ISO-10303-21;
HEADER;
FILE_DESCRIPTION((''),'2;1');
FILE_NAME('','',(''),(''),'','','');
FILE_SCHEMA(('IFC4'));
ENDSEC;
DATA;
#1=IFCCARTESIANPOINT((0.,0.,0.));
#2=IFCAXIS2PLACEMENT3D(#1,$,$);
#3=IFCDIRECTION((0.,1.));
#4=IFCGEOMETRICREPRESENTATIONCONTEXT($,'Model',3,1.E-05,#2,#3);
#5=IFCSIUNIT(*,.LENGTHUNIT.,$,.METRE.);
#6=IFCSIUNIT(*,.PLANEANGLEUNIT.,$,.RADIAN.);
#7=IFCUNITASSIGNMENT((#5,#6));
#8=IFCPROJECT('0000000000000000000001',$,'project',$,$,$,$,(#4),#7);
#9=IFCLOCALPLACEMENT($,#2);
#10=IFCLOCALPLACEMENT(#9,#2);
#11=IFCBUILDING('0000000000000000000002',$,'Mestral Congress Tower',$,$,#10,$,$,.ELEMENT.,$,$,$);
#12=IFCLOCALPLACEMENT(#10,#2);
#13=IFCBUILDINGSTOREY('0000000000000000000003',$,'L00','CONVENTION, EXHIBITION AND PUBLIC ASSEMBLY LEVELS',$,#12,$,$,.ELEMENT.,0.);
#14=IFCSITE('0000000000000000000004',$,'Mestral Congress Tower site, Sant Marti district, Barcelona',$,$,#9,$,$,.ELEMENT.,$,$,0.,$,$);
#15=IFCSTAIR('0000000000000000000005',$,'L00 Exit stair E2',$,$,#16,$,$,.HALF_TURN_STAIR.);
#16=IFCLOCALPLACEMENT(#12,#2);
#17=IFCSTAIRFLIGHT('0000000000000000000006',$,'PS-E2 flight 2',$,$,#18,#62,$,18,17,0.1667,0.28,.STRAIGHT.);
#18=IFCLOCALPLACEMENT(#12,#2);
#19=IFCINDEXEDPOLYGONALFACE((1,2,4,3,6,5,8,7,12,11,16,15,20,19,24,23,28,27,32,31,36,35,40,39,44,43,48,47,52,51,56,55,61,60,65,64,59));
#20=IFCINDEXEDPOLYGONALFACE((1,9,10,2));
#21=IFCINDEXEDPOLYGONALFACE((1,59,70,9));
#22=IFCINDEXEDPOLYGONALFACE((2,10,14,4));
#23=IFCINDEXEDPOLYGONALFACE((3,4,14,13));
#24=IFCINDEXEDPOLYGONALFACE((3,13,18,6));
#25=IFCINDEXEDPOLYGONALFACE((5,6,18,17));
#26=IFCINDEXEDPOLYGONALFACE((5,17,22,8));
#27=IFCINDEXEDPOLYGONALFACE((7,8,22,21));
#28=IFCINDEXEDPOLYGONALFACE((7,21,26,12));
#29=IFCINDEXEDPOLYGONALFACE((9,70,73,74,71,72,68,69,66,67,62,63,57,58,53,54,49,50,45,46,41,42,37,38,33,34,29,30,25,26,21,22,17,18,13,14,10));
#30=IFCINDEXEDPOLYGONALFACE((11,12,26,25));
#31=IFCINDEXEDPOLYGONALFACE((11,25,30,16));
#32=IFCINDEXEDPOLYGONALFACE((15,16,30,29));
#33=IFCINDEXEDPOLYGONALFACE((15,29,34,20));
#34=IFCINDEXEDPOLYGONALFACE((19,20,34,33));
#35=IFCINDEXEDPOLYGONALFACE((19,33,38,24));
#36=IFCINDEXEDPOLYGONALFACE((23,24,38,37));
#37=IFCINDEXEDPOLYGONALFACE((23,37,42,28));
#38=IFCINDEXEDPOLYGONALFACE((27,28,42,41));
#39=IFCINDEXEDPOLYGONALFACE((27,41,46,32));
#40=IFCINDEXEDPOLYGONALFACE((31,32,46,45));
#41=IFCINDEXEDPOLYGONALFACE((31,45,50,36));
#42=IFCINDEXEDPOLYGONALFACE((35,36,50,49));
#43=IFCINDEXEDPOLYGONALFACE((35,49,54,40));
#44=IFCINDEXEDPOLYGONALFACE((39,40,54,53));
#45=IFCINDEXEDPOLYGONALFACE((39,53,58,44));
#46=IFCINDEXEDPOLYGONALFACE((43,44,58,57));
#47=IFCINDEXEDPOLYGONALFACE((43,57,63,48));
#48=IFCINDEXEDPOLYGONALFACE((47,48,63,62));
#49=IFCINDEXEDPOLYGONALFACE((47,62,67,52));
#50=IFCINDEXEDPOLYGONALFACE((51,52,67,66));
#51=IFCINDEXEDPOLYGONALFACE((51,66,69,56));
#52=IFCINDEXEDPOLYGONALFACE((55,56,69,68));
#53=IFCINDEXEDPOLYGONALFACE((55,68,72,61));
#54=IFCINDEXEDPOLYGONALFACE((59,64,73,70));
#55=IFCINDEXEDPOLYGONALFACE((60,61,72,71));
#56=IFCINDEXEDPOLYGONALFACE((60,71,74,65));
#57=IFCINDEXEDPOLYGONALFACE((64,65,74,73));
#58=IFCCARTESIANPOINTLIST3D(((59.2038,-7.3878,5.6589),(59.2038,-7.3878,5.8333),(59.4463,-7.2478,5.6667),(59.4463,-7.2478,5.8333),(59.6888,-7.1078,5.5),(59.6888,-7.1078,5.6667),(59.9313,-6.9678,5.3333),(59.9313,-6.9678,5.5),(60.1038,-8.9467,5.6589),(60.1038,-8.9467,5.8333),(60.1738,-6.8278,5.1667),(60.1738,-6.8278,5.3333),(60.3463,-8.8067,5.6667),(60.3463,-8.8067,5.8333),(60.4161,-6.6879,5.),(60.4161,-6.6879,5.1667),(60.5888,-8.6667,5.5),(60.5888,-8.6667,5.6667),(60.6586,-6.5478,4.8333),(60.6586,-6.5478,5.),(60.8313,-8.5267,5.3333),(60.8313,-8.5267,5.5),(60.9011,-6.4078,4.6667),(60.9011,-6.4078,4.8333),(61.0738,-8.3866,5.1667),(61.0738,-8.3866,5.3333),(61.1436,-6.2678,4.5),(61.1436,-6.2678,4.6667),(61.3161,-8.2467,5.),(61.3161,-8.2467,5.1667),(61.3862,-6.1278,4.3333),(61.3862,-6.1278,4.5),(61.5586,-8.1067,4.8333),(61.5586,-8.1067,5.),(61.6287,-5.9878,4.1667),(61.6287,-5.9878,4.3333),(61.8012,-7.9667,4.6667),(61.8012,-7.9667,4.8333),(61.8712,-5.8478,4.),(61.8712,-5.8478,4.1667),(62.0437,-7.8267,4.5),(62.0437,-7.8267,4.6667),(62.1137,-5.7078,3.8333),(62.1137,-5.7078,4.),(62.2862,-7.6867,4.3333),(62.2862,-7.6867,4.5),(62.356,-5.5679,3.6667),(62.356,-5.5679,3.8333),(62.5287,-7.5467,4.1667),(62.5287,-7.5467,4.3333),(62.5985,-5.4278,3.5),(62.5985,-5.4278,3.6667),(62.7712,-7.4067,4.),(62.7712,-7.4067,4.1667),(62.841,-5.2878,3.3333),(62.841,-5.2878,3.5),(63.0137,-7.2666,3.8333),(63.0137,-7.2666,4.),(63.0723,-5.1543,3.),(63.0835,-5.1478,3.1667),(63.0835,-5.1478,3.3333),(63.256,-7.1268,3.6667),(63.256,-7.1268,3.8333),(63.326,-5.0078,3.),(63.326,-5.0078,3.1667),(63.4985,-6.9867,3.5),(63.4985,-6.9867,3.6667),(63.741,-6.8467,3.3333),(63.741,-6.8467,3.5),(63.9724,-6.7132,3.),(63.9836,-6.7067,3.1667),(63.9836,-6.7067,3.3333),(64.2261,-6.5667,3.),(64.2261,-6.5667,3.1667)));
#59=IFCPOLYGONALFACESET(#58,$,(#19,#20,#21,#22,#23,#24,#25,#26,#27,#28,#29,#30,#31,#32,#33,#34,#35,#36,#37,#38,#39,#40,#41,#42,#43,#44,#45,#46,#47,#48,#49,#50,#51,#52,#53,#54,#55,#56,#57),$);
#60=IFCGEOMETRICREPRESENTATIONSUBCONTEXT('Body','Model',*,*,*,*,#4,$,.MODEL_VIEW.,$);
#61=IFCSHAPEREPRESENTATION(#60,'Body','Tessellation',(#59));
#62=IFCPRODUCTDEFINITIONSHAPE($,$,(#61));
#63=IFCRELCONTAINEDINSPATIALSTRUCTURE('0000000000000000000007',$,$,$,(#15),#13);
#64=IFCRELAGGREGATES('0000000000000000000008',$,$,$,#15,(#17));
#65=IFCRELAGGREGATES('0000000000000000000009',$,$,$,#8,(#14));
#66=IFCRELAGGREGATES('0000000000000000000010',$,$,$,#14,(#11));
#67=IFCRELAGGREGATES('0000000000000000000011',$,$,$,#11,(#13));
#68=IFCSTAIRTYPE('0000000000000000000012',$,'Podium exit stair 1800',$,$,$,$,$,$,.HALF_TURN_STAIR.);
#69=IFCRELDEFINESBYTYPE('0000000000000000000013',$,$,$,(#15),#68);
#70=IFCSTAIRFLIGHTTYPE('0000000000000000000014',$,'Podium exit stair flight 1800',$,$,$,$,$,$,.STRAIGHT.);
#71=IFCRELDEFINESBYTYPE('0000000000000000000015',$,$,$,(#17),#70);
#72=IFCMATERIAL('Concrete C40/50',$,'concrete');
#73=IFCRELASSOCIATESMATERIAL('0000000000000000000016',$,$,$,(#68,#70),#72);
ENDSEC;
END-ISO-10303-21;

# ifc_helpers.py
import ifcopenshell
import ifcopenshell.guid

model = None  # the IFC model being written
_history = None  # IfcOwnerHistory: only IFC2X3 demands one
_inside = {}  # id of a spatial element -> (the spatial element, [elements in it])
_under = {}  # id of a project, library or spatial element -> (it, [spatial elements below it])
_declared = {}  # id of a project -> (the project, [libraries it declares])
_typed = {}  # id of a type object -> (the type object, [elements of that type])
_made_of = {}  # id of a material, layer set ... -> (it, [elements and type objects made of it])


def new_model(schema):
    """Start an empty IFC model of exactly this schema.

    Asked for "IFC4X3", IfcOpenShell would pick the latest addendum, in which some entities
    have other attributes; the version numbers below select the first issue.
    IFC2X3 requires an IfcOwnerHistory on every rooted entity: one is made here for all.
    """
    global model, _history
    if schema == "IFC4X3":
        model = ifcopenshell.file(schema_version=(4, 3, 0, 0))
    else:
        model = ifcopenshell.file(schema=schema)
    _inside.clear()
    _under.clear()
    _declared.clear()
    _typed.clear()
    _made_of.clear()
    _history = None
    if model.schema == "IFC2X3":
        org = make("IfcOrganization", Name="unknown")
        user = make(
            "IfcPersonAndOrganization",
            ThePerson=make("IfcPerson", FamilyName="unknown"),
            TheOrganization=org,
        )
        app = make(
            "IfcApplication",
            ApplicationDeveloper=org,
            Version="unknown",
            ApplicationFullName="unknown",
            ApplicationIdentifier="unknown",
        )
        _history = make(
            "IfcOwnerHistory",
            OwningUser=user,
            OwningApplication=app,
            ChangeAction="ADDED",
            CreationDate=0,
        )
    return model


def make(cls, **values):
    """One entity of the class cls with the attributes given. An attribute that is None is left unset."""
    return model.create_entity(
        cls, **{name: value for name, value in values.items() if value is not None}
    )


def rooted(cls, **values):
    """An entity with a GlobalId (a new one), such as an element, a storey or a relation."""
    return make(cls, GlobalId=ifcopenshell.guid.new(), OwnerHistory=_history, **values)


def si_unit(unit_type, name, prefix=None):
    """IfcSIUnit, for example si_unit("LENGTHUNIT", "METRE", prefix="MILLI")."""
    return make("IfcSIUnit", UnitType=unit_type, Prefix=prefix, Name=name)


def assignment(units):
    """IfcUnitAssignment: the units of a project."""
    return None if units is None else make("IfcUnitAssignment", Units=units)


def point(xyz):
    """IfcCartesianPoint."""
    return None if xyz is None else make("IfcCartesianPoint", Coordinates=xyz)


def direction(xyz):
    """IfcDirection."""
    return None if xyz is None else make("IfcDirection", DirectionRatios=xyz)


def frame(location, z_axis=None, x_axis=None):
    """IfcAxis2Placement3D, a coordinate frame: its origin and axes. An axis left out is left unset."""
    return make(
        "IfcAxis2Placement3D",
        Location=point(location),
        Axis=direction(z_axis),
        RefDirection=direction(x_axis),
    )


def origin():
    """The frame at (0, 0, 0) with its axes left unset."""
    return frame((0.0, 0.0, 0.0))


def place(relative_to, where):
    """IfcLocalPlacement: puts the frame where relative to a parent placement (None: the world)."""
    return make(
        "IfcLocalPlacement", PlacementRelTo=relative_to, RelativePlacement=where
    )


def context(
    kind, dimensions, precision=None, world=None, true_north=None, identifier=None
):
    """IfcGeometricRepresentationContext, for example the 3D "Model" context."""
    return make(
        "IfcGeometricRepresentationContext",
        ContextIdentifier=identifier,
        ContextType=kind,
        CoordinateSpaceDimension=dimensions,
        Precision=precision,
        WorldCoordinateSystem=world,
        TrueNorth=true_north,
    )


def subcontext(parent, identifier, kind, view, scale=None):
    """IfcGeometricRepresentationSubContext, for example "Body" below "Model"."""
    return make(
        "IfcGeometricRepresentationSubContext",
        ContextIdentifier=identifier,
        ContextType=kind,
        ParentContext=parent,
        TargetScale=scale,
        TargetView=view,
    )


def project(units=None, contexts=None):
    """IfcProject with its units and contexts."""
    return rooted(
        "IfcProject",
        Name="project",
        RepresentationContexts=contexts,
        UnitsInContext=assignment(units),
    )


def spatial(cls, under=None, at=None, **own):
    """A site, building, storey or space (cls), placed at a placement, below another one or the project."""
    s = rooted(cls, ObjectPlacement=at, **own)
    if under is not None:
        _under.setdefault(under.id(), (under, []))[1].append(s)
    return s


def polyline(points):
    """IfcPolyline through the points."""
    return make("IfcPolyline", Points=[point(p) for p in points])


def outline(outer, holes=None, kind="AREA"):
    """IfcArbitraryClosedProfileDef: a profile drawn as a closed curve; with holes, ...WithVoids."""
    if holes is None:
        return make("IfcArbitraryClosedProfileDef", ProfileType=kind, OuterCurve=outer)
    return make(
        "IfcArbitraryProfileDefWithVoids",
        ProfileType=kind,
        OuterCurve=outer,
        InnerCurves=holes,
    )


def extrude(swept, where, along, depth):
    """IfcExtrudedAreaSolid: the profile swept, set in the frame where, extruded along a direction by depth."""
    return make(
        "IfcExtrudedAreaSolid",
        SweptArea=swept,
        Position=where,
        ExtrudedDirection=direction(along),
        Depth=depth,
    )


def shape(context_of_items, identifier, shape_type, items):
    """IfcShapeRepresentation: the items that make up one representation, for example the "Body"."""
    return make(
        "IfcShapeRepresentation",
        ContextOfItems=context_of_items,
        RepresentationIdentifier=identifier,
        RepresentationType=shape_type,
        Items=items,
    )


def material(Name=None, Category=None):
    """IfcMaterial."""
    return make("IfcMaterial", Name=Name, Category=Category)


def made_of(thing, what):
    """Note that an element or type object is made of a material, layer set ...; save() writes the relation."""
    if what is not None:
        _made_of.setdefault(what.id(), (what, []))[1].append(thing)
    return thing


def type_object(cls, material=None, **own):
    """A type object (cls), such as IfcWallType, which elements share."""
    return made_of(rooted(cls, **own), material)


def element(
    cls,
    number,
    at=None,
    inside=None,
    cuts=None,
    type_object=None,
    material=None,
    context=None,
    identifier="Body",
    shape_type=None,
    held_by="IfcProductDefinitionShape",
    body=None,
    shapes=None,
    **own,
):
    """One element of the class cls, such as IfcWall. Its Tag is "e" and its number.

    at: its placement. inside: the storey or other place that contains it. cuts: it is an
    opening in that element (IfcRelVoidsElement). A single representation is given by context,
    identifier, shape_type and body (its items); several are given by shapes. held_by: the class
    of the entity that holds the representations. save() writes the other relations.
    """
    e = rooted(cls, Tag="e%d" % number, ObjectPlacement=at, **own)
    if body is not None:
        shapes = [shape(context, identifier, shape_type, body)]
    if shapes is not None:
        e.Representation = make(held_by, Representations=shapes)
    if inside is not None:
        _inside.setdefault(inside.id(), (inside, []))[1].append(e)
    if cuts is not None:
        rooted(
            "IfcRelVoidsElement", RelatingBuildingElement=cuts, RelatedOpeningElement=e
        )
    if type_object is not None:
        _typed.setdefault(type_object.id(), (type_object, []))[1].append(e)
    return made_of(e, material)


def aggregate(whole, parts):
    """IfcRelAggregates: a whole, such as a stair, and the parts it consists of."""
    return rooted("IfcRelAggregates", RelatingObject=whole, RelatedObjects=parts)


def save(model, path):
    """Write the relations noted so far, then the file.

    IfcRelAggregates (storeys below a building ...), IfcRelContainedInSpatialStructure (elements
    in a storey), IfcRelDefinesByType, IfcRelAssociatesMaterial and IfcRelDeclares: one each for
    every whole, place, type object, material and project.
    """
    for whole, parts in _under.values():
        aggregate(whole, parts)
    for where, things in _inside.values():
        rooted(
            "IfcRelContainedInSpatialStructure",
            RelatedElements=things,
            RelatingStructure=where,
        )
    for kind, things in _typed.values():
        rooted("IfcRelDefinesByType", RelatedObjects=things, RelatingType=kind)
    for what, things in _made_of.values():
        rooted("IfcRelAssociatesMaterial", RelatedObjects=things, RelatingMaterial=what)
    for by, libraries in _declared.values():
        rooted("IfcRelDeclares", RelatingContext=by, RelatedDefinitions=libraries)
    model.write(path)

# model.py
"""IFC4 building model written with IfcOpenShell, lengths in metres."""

from ifc_helpers import new_model, si_unit, direction, frame, origin, place, context, subcontext, project, spatial, polyline, outline, extrude, material, type_object, element, aggregate, save


model = new_model("IFC4")

# Units and contexts
model_context = context("Model", 3, precision=1e-05, world=origin(), true_north=direction((0.0, 1.0)))
body_context = subcontext(model_context, "Body", "Model", "MODEL_VIEW")
ifc_project = project(units=[si_unit("LENGTHUNIT", "METRE"), si_unit("PLANEANGLEUNIT", "RADIAN")], contexts=[model_context])

# Site, building, storey
site_placement = place(None, origin())
site = spatial("IfcSite", under=ifc_project, at=site_placement, Name="Mestral Congress Tower site, Sant Marti district, Barcelona", CompositionType="ELEMENT", RefElevation=0.0)
building_placement = place(site_placement, origin())
building = spatial("IfcBuilding", under=site, at=building_placement, Name="Mestral Congress Tower", CompositionType="ELEMENT")
storey_placement = place(building_placement, origin())
storey = spatial("IfcBuildingStorey", under=building, at=storey_placement, Name="L00", Description="CONVENTION, EXHIBITION AND PUBLIC ASSEMBLY LEVELS", CompositionType="ELEMENT", Elevation=0.0)

# Stair, stair flight
ifc_material_1 = material(Name="Concrete C40/50", Category="concrete")
stair_type = type_object("IfcStairType", Name="Podium exit stair 1800", PredefinedType="HALF_TURN_STAIR", material=ifc_material_1)
stair_placement = place(storey_placement, origin())
stair = element("IfcStair", 1, at=stair_placement, inside=storey, type_object=stair_type, Name="L00 Exit stair E2", PredefinedType="HALF_TURN_STAIR")
stair_flight_type = type_object("IfcStairFlightType", Name="Podium exit stair flight 1800", PredefinedType="STRAIGHT", material=ifc_material_1)
stair_flight_placement = place(storey_placement, frame((63.7761, -5.7874, 3.0), z_axis=(0.0, 0.0, 1.0), x_axis=(-0.866025, -0.5, 0.0)))
stair_flight = element("IfcStairFlight", 2, at=stair_flight_placement, type_object=stair_flight_type, Name="PS-E2 flight 2", NumberOfRisers=18, NumberOfTreads=17, PredefinedType="STRAIGHT", RiserHeight=0.1667, TreadLength=0.28, context=body_context, shape_type="SweptSolid", body=[
    extrude(outline(polyline([(0.0, 0.0), (0.0, 0.1667), (0.28, 0.1667), (0.28, 0.3333), (0.5601, 0.3333), (0.5601, 0.5), (0.8401, 0.5), (0.8401, 0.6667), (1.1201, 0.6667), (1.1201, 0.8333), (1.3999, 0.8333), (1.3999, 1.0), (1.6799, 1.0), (1.6799, 1.1667), (1.96, 1.1667), (1.96, 1.3333), (2.24, 1.3333), (2.24, 1.5), (2.52, 1.5), (2.52, 1.6667), (2.8, 1.6667), (2.8, 1.8333), (3.0801, 1.8333), (3.0801, 2.0), (3.3601, 2.0), (3.3601, 2.1667), (3.6399, 2.1667), (3.6399, 2.3333), (3.9199, 2.3333), (3.9199, 2.5), (4.2, 2.5), (4.2, 2.6667), (4.48, 2.6667), (4.48, 2.8333), (4.76, 2.8333), (4.76, 3.0), (4.76, 2.6589), (0.293, 0.0), (0.0, 0.0)])), frame((0.0, 0.8999, 0.0), z_axis=(0.0, -1.0, 0.0), x_axis=(1.0, 0.0, 0.0)), (0.0, 0.0, 1.0), 1.8),
])
aggregate(stair, [stair_flight])

save(model, "model.ifc")
